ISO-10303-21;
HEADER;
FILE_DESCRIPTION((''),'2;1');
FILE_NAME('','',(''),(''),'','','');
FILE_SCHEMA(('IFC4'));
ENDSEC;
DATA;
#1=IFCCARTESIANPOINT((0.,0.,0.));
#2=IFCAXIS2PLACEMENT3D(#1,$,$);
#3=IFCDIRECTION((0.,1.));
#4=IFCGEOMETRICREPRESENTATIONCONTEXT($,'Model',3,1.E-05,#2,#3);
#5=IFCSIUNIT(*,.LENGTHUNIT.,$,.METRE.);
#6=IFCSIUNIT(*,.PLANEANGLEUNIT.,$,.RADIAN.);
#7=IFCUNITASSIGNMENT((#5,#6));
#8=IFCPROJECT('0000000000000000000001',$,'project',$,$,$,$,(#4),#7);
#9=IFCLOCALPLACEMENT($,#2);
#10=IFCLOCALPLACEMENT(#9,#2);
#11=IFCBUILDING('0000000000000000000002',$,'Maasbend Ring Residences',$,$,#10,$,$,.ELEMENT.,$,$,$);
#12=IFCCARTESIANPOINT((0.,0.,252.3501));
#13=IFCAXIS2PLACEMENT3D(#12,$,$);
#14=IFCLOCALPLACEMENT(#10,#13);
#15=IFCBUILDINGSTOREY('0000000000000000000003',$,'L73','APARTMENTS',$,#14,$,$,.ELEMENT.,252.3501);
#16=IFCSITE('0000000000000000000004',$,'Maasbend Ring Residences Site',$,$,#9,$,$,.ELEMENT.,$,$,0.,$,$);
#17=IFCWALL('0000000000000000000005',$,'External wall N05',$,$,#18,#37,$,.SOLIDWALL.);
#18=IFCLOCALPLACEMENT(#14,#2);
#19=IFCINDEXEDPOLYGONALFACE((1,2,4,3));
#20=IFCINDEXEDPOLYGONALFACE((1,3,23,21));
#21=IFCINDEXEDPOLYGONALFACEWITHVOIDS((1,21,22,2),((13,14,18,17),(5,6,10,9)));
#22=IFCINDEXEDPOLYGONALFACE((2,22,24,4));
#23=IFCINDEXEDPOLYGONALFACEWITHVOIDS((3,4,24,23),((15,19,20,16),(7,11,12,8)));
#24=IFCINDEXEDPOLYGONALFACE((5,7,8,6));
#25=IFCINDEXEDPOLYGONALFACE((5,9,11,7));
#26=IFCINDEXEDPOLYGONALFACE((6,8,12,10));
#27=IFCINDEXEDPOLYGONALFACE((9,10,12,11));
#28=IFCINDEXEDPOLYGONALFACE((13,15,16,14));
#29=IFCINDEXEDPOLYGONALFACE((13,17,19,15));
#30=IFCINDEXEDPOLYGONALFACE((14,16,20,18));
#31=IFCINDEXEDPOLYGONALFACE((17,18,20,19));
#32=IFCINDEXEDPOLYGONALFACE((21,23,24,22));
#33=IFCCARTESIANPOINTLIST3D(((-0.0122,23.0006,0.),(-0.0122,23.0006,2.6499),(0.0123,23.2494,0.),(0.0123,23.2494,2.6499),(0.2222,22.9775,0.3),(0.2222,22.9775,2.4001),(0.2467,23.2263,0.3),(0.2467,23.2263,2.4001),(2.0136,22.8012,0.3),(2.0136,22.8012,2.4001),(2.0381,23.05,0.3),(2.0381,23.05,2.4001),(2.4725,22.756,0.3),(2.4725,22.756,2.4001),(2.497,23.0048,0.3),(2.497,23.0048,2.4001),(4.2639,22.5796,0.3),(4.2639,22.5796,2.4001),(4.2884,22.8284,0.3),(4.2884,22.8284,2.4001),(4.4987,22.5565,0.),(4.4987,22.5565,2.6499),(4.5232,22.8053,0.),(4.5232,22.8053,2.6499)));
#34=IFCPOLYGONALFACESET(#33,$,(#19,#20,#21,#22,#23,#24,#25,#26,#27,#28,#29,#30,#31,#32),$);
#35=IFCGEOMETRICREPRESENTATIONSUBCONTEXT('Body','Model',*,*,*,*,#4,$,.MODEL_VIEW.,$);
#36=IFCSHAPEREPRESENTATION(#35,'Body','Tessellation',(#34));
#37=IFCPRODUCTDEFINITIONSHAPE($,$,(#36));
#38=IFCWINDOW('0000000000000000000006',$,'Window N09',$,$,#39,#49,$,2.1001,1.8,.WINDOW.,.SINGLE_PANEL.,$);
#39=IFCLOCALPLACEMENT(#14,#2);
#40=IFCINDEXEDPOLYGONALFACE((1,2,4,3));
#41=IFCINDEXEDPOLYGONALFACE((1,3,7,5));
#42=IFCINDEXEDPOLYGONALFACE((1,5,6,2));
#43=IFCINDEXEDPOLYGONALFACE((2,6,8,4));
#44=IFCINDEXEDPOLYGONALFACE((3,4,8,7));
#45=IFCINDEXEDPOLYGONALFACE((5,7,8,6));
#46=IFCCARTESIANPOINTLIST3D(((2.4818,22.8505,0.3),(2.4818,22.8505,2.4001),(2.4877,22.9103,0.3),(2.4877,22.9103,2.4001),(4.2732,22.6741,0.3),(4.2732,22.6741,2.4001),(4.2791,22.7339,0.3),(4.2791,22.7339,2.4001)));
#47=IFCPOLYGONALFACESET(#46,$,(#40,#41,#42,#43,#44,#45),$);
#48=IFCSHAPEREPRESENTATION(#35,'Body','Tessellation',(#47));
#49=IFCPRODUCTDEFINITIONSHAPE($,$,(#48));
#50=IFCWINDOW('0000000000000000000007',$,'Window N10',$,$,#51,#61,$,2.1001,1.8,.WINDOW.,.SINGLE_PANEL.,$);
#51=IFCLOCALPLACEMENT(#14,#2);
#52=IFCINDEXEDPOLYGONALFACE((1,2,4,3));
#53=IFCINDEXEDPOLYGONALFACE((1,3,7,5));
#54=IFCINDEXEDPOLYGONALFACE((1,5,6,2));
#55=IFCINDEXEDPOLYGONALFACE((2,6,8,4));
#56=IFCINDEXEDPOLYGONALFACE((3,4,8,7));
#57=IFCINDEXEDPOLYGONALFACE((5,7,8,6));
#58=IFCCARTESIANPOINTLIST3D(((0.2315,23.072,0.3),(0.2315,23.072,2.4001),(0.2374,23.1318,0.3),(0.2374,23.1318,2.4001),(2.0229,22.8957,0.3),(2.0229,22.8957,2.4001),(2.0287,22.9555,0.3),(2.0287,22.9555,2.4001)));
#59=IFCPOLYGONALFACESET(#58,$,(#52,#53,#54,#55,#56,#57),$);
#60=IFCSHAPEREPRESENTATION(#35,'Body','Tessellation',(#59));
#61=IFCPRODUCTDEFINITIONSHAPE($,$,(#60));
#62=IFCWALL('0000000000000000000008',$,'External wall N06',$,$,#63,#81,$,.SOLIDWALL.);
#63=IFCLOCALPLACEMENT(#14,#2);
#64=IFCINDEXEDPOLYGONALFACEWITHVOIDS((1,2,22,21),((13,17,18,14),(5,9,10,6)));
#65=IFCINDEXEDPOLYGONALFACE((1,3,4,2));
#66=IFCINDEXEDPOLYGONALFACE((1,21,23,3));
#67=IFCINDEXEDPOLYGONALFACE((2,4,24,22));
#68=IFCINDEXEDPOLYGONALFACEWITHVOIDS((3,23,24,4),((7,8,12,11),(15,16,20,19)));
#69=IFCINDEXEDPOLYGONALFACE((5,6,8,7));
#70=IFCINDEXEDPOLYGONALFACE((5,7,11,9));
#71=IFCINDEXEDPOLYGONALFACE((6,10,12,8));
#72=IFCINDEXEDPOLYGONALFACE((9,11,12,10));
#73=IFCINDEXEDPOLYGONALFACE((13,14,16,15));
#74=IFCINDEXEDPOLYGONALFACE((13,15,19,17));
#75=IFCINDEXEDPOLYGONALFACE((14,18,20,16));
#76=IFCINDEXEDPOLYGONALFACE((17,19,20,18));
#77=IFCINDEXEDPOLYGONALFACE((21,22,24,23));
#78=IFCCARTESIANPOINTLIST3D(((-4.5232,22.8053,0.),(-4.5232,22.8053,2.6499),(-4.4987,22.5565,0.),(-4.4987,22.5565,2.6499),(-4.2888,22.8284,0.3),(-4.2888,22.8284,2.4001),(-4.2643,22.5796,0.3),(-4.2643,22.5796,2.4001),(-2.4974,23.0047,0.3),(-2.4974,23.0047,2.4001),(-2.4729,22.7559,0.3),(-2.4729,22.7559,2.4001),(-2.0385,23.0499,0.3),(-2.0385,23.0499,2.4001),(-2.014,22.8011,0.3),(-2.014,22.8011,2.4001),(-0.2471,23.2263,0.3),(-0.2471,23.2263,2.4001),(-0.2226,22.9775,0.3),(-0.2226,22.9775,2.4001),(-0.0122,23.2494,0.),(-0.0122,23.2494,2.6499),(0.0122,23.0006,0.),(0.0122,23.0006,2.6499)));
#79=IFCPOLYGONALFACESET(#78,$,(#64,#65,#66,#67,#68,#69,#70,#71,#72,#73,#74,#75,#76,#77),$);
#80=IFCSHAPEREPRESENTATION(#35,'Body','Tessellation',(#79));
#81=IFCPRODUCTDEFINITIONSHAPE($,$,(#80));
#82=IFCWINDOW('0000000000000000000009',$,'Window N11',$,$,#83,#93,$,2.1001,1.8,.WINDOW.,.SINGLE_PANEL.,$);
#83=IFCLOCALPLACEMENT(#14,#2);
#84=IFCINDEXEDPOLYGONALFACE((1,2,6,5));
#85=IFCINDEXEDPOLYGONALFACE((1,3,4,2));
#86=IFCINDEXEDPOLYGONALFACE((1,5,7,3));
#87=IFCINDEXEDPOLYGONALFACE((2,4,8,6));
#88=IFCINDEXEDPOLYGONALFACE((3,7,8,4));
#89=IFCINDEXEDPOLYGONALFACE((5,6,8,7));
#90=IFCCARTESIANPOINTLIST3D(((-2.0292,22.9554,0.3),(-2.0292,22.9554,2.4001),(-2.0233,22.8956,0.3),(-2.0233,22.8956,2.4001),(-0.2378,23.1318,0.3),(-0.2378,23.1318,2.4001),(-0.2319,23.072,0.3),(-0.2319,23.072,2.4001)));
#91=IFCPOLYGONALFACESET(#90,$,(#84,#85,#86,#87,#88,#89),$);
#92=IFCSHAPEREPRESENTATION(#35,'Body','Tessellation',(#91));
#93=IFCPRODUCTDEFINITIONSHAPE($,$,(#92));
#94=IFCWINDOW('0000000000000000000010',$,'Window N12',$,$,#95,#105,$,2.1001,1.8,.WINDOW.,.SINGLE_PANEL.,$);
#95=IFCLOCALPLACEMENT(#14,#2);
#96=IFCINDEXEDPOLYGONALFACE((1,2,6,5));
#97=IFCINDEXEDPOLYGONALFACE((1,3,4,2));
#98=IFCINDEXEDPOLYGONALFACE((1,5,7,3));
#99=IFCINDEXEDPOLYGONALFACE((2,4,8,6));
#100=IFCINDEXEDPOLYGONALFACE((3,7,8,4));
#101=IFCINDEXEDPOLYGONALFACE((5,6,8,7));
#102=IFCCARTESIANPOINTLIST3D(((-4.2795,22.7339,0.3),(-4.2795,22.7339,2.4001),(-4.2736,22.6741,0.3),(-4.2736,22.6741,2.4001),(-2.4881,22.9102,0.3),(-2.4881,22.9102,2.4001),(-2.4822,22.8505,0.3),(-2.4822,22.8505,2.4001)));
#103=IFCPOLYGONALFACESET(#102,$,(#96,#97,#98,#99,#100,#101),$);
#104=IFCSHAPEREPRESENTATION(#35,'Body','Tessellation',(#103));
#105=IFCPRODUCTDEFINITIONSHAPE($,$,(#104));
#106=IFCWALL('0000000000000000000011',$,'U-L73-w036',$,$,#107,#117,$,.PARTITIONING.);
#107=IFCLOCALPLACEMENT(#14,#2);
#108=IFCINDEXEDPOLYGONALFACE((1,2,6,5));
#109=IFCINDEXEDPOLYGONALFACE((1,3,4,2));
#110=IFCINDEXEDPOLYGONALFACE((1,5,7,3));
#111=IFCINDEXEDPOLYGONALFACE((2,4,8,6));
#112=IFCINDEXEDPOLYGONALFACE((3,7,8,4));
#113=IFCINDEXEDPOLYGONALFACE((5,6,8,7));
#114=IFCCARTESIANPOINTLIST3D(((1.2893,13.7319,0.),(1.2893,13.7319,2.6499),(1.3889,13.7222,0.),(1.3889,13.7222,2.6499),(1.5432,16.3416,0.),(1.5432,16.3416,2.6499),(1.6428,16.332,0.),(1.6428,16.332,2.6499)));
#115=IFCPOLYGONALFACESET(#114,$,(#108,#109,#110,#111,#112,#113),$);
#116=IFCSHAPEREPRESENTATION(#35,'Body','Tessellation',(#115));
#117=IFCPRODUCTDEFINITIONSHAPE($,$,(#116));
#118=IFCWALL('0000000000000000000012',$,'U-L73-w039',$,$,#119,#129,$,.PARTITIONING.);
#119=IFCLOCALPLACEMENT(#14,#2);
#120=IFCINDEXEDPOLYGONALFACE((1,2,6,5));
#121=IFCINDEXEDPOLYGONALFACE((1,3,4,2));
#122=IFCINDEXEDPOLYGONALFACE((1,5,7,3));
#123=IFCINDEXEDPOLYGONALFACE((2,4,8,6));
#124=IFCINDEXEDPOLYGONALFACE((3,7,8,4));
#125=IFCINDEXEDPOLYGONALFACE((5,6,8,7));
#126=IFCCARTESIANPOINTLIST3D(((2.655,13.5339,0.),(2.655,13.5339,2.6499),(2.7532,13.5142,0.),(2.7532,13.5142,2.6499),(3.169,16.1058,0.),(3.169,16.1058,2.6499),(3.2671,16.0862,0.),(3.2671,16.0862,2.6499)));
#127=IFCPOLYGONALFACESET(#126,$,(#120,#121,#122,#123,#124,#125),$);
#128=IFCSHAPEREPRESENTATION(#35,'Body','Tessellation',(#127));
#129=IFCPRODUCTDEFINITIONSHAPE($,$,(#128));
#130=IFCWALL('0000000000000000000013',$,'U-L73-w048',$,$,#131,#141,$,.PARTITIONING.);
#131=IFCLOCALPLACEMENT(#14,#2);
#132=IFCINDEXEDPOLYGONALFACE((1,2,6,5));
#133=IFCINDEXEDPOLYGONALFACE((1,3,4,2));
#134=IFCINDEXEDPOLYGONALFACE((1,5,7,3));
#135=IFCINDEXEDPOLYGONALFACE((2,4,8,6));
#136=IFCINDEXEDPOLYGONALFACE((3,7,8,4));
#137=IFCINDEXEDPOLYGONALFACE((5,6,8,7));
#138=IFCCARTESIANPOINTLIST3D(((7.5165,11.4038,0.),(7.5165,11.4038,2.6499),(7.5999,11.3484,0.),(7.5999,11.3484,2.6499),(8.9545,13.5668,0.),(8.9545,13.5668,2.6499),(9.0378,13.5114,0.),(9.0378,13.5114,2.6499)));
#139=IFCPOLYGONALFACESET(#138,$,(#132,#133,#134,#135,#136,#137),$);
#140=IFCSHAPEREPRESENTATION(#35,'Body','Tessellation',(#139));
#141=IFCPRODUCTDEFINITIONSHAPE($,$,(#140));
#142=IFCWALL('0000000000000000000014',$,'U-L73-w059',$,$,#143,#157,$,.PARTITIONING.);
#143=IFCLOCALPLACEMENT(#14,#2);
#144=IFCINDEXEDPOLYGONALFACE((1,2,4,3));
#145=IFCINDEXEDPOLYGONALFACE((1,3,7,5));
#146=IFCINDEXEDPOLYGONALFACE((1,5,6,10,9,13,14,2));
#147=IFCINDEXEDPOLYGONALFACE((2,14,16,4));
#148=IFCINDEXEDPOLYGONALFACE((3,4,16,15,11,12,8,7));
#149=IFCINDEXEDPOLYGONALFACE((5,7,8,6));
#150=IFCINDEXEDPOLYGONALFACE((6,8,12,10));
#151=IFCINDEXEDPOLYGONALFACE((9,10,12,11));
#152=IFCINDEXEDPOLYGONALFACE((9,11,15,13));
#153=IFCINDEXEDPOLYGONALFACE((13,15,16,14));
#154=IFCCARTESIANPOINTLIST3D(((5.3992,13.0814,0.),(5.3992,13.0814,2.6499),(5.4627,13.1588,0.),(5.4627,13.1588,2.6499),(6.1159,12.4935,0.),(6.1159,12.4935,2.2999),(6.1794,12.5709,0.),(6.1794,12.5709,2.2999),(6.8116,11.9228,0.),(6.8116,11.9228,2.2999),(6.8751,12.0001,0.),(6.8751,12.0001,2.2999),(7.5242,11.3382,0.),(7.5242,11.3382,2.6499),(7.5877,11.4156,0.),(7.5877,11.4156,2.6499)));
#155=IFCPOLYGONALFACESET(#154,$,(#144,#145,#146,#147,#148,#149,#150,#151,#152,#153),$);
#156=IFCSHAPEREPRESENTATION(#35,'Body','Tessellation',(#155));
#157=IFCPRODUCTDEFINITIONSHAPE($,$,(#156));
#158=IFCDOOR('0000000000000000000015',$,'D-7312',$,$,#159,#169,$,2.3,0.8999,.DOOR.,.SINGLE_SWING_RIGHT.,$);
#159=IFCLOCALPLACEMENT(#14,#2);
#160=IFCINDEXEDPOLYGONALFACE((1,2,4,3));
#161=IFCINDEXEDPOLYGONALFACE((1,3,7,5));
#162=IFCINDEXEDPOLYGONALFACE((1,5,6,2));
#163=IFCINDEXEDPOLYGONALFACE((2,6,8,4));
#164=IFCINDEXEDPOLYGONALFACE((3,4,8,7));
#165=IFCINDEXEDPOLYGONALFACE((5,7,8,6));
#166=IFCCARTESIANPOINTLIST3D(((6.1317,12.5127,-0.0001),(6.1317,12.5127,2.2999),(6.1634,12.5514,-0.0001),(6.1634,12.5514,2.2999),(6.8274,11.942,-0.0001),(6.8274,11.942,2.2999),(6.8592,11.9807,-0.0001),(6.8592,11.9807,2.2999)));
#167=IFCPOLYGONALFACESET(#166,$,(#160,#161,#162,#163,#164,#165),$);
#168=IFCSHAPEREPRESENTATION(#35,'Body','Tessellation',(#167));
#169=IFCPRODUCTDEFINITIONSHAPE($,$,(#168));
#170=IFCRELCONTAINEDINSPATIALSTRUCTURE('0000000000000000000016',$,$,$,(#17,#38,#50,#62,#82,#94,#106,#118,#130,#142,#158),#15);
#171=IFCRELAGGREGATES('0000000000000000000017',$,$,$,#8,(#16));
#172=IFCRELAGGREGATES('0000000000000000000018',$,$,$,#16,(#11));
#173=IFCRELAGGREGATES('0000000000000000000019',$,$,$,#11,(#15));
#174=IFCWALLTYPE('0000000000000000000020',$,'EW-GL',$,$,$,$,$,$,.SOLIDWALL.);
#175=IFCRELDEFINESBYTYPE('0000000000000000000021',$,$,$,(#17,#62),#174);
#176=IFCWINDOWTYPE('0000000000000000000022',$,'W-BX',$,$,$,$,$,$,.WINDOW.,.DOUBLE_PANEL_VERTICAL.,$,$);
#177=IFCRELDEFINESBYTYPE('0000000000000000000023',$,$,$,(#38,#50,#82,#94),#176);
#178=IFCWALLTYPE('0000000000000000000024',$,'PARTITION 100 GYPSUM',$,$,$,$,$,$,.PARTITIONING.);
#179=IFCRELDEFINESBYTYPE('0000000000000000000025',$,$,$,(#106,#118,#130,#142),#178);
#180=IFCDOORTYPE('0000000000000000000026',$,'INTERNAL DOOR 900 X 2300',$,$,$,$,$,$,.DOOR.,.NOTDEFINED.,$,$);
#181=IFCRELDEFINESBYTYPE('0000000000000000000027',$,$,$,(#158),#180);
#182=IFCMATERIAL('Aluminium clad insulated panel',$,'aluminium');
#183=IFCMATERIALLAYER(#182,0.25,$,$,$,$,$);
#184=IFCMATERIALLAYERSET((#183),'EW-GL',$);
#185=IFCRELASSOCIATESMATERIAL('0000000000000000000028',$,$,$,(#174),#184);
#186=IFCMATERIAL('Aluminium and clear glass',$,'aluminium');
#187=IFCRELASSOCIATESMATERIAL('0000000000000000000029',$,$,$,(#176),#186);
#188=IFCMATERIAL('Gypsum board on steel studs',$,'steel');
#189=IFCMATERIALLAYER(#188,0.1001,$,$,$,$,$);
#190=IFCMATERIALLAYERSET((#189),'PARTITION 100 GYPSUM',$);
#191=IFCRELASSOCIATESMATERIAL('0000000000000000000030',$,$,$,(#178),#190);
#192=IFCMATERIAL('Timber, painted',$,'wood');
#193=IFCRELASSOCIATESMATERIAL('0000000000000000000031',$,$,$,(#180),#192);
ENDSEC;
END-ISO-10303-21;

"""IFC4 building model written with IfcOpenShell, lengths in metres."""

from ifc_helpers import new_model, si_unit, direction, frame, frame_2d, origin, place, context, subcontext, project, spatial, rectangle, extrude, material, layer, layer_set, type_object, element, fill, save


model = new_model("IFC4")

# Units and contexts
model_context = context("Model", 3, precision=1e-05, world=origin(), true_north=direction((0.0, 1.0)))
body_context = subcontext(model_context, "Body", "Model", "MODEL_VIEW")
ifc_project = project(units=[si_unit("LENGTHUNIT", "METRE"), si_unit("PLANEANGLEUNIT", "RADIAN")], contexts=[model_context])

# Site, building, storey
site_placement = place(None, origin())
site = spatial("IfcSite", under=ifc_project, at=site_placement, Name="Maasbend Ring Residences Site", CompositionType="ELEMENT", RefElevation=0.0)
building_placement = place(site_placement, origin())
building = spatial("IfcBuilding", under=site, at=building_placement, Name="Maasbend Ring Residences", CompositionType="ELEMENT")
storey_placement = place(building_placement, frame((0.0, 0.0, 252.3501)))
storey = spatial("IfcBuildingStorey", under=building, at=storey_placement, Name="L73", Description="APARTMENTS", CompositionType="ELEMENT", Elevation=252.3501)

# Walls, openings, windows
ifc_material_1 = material(Name="Aluminium clad insulated panel", Category="aluminium")
ifc_layer_1 = layer(ifc_material_1, 0.25)
ifc_layer_set_1 = layer_set([ifc_layer_1], Name="EW-GL")
wall_type_1 = type_object("IfcWallType", Name="EW-GL", PredefinedType="SOLIDWALL", material=ifc_layer_set_1)
wall_1_placement = place(storey_placement, frame((4.511, 22.6809, 0.0), z_axis=(0.0, 0.0, 1.0), x_axis=(-0.995189, 0.097973, 0.0)))
wall_1 = element("IfcWall", 1, at=wall_1_placement, inside=storey, type_object=wall_type_1, Name="External wall N05", PredefinedType="SOLIDWALL", context=body_context, shape_type="SweptSolid", body=[
    extrude(rectangle(XDim=4.5327, YDim=0.25, at=frame_2d((2.2664, 0.0))), origin(), (0.0, 0.0, 1.0), 2.6499),
])
opening_1_placement = place(wall_1_placement, frame((0.2361, 0.0, 0.3)))
opening_1 = element("IfcOpeningElement", 2, at=opening_1_placement, cuts=wall_1, PredefinedType="OPENING", context=body_context, shape_type="SweptSolid", body=[
    extrude(rectangle(XDim=1.8, YDim=2.1001, at=frame_2d((0.8999, 1.05))), frame((0.0, 0.135, 0.0), z_axis=(0.0, -1.0, 0.0), x_axis=(1.0, 0.0, 0.0)), (0.0, 0.0, 1.0), 0.27),
])
opening_2_placement = place(wall_1_placement, frame((2.4973, 0.0, 0.3)))
opening_2 = element("IfcOpeningElement", 3, at=opening_2_placement, cuts=wall_1, PredefinedType="OPENING", context=body_context, shape_type="SweptSolid", body=[
    extrude(rectangle(XDim=1.8, YDim=2.1001, at=frame_2d((0.8999, 1.05))), frame((0.0, 0.135, 0.0), z_axis=(0.0, -1.0, 0.0), x_axis=(1.0, 0.0, 0.0)), (0.0, 0.0, 1.0), 0.27),
])
ifc_material_2 = material(Name="Aluminium and clear glass", Category="aluminium")
window_type = type_object("IfcWindowType", Name="W-BX", PartitioningType="DOUBLE_PANEL_VERTICAL", PredefinedType="WINDOW", material=ifc_material_2)
window_1_placement = place(opening_1_placement, origin())
window_1 = element("IfcWindow", 4, at=window_1_placement, inside=storey, type_object=window_type, Name="Window N09", OverallHeight=2.1001, OverallWidth=1.8, PartitioningType="SINGLE_PANEL", PredefinedType="WINDOW", context=body_context, shape_type="SweptSolid", body=[
    extrude(rectangle(XDim=1.8, YDim=2.1001, at=frame_2d((0.8999, 1.05))), frame((0.0, 0.03, 0.0), z_axis=(0.0, -1.0, 0.0), x_axis=(1.0, 0.0, 0.0)), (0.0, 0.0, 1.0), 0.0601),
])
fill(opening_1, window_1)
window_2_placement = place(opening_2_placement, origin())
window_2 = element("IfcWindow", 5, at=window_2_placement, inside=storey, type_object=window_type, Name="Window N10", OverallHeight=2.1001, OverallWidth=1.8, PartitioningType="SINGLE_PANEL", PredefinedType="WINDOW", context=body_context, shape_type="SweptSolid", body=[
    extrude(rectangle(XDim=1.8, YDim=2.1001, at=frame_2d((0.8999, 1.05))), frame((0.0, 0.03, 0.0), z_axis=(0.0, -1.0, 0.0), x_axis=(1.0, 0.0, 0.0)), (0.0, 0.0, 1.0), 0.0601),
])
fill(opening_2, window_2)
wall_2_placement = place(storey_placement, frame((0.0, 23.125, 0.0), z_axis=(0.0, 0.0, 1.0), x_axis=(-0.995189, -0.097973, 0.0)))
wall_2 = element("IfcWall", 6, at=wall_2_placement, inside=storey, type_object=wall_type_1, Name="External wall N06", PredefinedType="SOLIDWALL", context=body_context, shape_type="SweptSolid", body=[
    extrude(rectangle(XDim=4.5327, YDim=0.25, at=frame_2d((2.2664, 0.0))), origin(), (0.0, 0.0, 1.0), 2.6499),
])
opening_3_placement = place(wall_2_placement, frame((0.2361, 0.0, 0.3)))
opening_3 = element("IfcOpeningElement", 7, at=opening_3_placement, cuts=wall_2, PredefinedType="OPENING", context=body_context, shape_type="SweptSolid", body=[
    extrude(rectangle(XDim=1.8, YDim=2.1001, at=frame_2d((0.8999, 1.05))), frame((0.0, 0.135, 0.0), z_axis=(0.0, -1.0, 0.0), x_axis=(1.0, 0.0, 0.0)), (0.0, 0.0, 1.0), 0.27),
])
opening_4_placement = place(wall_2_placement, frame((2.4973, 0.0, 0.3)))
opening_4 = element("IfcOpeningElement", 8, at=opening_4_placement, cuts=wall_2, PredefinedType="OPENING", context=body_context, shape_type="SweptSolid", body=[
    extrude(rectangle(XDim=1.8, YDim=2.1001, at=frame_2d((0.8999, 1.05))), frame((0.0, 0.135, 0.0), z_axis=(0.0, -1.0, 0.0), x_axis=(1.0, 0.0, 0.0)), (0.0, 0.0, 1.0), 0.27),
])
window_3_placement = place(opening_3_placement, origin())
window_3 = element("IfcWindow", 9, at=window_3_placement, inside=storey, type_object=window_type, Name="Window N11", OverallHeight=2.1001, OverallWidth=1.8, PartitioningType="SINGLE_PANEL", PredefinedType="WINDOW", context=body_context, shape_type="SweptSolid", body=[
    extrude(rectangle(XDim=1.8, YDim=2.1001, at=frame_2d((0.8999, 1.05))), frame((0.0, 0.03, 0.0), z_axis=(0.0, -1.0, 0.0), x_axis=(1.0, 0.0, 0.0)), (0.0, 0.0, 1.0), 0.0601),
])
fill(opening_3, window_3)
window_4_placement = place(opening_4_placement, origin())
window_4 = element("IfcWindow", 10, at=window_4_placement, inside=storey, type_object=window_type, Name="Window N12", OverallHeight=2.1001, OverallWidth=1.8, PartitioningType="SINGLE_PANEL", PredefinedType="WINDOW", context=body_context, shape_type="SweptSolid", body=[
    extrude(rectangle(XDim=1.8, YDim=2.1001, at=frame_2d((0.8999, 1.05))), frame((0.0, 0.03, 0.0), z_axis=(0.0, -1.0, 0.0), x_axis=(1.0, 0.0, 0.0)), (0.0, 0.0, 1.0), 0.0601),
])
fill(opening_4, window_4)

# Walls
ifc_material_3 = material(Name="Gypsum board on steel studs", Category="steel")
ifc_layer_2 = layer(ifc_material_3, 0.1001)
ifc_layer_set_2 = layer_set([ifc_layer_2], Name="PARTITION 100 GYPSUM")
wall_type_2 = type_object("IfcWallType", Name="PARTITION 100 GYPSUM", PredefinedType="PARTITIONING", material=ifc_layer_set_2)
wall_3_placement = place(storey_placement, frame((1.3391, 13.7271, 0.0), z_axis=(0.0, 0.0, 1.0), x_axis=(0.09683, 0.995301, 0.0)))
element("IfcWall", 11, at=wall_3_placement, inside=storey, type_object=wall_type_2, Name="U-L73-w036", PredefinedType="PARTITIONING", context=body_context, shape_type="SweptSolid", body=[
    extrude(rectangle(XDim=2.6221, YDim=0.1001, at=frame_2d((1.311, 0.0))), origin(), (0.0, 0.0, 1.0), 2.6499),
])
wall_4_placement = place(storey_placement, frame((2.7041, 13.5239, 0.0), z_axis=(0.0, 0.0, 1.0), x_axis=(0.195937, 0.980616, 0.0)))
element("IfcWall", 12, at=wall_4_placement, inside=storey, type_object=wall_type_2, Name="U-L73-w039", PredefinedType="PARTITIONING", context=body_context, shape_type="SweptSolid", body=[
    extrude(rectangle(XDim=2.6228, YDim=0.1001, at=frame_2d((1.3115, 0.0))), origin(), (0.0, 0.0, 1.0), 2.6499),
])
wall_5_placement = place(storey_placement, frame((7.5581, 11.376, 0.0), z_axis=(0.0, 0.0, 1.0), x_axis=(0.553615, 0.832773, 0.0)))
element("IfcWall", 13, at=wall_5_placement, inside=storey, type_object=wall_type_2, Name="U-L73-w048", PredefinedType="PARTITIONING", context=body_context, shape_type="SweptSolid", body=[
    extrude(rectangle(XDim=2.5974, YDim=0.1001, at=frame_2d((1.2988, 0.0))), origin(), (0.0, 0.0, 1.0), 2.6499),
])

# Wall, opening, door
wall_6_placement = place(storey_placement, frame((5.4309, 13.1201, 0.0), z_axis=(0.0, 0.0, 1.0), x_axis=(0.773149, -0.634224, 0.0)))
wall_6 = element("IfcWall", 14, at=wall_6_placement, inside=storey, type_object=wall_type_2, Name="U-L73-w059", PredefinedType="PARTITIONING", context=body_context, shape_type="SweptSolid", body=[
    extrude(rectangle(XDim=2.7485, YDim=0.1001, at=frame_2d((1.3743, 0.0))), origin(), (0.0, 0.0, 1.0), 2.6499),
])
opening_5_placement = place(wall_6_placement, frame((0.927, 0.0, 0.0)))
opening_5 = element("IfcOpeningElement", 15, at=opening_5_placement, cuts=wall_6, PredefinedType="OPENING", context=body_context, shape_type="SweptSolid", body=[
    extrude(rectangle(XDim=0.8999, YDim=2.3, at=frame_2d((0.45, 1.1499))), frame((0.0, 0.0601, 0.0), z_axis=(0.0, -1.0, 0.0), x_axis=(1.0, 0.0, 0.0)), (0.0, 0.0, 1.0), 0.1201),
])
ifc_material_4 = material(Name="Timber, painted", Category="wood")
door_type_1 = type_object("IfcDoorType", Name="INTERNAL DOOR 900 X 2300", OperationType="NOTDEFINED", PredefinedType="DOOR", material=ifc_material_4)
door_1_placement = place(opening_5_placement, origin())
door_1 = element("IfcDoor", 16, at=door_1_placement, inside=storey, type_object=door_type_1, Name="D-7312", OperationType="SINGLE_SWING_RIGHT", OverallHeight=2.3, OverallWidth=0.8999, PredefinedType="DOOR", context=body_context, shape_type="SweptSolid", body=[
    extrude(rectangle(XDim=0.8999, YDim=2.3, at=frame_2d((0.45, 1.1499))), frame((0.0, 0.0249, 0.0), z_axis=(0.0, -1.0, 0.0), x_axis=(1.0, 0.0, 0.0)), (0.0, 0.0, 1.0), 0.05),
])
fill(opening_5, door_1)

save(model, "model.ifc")
